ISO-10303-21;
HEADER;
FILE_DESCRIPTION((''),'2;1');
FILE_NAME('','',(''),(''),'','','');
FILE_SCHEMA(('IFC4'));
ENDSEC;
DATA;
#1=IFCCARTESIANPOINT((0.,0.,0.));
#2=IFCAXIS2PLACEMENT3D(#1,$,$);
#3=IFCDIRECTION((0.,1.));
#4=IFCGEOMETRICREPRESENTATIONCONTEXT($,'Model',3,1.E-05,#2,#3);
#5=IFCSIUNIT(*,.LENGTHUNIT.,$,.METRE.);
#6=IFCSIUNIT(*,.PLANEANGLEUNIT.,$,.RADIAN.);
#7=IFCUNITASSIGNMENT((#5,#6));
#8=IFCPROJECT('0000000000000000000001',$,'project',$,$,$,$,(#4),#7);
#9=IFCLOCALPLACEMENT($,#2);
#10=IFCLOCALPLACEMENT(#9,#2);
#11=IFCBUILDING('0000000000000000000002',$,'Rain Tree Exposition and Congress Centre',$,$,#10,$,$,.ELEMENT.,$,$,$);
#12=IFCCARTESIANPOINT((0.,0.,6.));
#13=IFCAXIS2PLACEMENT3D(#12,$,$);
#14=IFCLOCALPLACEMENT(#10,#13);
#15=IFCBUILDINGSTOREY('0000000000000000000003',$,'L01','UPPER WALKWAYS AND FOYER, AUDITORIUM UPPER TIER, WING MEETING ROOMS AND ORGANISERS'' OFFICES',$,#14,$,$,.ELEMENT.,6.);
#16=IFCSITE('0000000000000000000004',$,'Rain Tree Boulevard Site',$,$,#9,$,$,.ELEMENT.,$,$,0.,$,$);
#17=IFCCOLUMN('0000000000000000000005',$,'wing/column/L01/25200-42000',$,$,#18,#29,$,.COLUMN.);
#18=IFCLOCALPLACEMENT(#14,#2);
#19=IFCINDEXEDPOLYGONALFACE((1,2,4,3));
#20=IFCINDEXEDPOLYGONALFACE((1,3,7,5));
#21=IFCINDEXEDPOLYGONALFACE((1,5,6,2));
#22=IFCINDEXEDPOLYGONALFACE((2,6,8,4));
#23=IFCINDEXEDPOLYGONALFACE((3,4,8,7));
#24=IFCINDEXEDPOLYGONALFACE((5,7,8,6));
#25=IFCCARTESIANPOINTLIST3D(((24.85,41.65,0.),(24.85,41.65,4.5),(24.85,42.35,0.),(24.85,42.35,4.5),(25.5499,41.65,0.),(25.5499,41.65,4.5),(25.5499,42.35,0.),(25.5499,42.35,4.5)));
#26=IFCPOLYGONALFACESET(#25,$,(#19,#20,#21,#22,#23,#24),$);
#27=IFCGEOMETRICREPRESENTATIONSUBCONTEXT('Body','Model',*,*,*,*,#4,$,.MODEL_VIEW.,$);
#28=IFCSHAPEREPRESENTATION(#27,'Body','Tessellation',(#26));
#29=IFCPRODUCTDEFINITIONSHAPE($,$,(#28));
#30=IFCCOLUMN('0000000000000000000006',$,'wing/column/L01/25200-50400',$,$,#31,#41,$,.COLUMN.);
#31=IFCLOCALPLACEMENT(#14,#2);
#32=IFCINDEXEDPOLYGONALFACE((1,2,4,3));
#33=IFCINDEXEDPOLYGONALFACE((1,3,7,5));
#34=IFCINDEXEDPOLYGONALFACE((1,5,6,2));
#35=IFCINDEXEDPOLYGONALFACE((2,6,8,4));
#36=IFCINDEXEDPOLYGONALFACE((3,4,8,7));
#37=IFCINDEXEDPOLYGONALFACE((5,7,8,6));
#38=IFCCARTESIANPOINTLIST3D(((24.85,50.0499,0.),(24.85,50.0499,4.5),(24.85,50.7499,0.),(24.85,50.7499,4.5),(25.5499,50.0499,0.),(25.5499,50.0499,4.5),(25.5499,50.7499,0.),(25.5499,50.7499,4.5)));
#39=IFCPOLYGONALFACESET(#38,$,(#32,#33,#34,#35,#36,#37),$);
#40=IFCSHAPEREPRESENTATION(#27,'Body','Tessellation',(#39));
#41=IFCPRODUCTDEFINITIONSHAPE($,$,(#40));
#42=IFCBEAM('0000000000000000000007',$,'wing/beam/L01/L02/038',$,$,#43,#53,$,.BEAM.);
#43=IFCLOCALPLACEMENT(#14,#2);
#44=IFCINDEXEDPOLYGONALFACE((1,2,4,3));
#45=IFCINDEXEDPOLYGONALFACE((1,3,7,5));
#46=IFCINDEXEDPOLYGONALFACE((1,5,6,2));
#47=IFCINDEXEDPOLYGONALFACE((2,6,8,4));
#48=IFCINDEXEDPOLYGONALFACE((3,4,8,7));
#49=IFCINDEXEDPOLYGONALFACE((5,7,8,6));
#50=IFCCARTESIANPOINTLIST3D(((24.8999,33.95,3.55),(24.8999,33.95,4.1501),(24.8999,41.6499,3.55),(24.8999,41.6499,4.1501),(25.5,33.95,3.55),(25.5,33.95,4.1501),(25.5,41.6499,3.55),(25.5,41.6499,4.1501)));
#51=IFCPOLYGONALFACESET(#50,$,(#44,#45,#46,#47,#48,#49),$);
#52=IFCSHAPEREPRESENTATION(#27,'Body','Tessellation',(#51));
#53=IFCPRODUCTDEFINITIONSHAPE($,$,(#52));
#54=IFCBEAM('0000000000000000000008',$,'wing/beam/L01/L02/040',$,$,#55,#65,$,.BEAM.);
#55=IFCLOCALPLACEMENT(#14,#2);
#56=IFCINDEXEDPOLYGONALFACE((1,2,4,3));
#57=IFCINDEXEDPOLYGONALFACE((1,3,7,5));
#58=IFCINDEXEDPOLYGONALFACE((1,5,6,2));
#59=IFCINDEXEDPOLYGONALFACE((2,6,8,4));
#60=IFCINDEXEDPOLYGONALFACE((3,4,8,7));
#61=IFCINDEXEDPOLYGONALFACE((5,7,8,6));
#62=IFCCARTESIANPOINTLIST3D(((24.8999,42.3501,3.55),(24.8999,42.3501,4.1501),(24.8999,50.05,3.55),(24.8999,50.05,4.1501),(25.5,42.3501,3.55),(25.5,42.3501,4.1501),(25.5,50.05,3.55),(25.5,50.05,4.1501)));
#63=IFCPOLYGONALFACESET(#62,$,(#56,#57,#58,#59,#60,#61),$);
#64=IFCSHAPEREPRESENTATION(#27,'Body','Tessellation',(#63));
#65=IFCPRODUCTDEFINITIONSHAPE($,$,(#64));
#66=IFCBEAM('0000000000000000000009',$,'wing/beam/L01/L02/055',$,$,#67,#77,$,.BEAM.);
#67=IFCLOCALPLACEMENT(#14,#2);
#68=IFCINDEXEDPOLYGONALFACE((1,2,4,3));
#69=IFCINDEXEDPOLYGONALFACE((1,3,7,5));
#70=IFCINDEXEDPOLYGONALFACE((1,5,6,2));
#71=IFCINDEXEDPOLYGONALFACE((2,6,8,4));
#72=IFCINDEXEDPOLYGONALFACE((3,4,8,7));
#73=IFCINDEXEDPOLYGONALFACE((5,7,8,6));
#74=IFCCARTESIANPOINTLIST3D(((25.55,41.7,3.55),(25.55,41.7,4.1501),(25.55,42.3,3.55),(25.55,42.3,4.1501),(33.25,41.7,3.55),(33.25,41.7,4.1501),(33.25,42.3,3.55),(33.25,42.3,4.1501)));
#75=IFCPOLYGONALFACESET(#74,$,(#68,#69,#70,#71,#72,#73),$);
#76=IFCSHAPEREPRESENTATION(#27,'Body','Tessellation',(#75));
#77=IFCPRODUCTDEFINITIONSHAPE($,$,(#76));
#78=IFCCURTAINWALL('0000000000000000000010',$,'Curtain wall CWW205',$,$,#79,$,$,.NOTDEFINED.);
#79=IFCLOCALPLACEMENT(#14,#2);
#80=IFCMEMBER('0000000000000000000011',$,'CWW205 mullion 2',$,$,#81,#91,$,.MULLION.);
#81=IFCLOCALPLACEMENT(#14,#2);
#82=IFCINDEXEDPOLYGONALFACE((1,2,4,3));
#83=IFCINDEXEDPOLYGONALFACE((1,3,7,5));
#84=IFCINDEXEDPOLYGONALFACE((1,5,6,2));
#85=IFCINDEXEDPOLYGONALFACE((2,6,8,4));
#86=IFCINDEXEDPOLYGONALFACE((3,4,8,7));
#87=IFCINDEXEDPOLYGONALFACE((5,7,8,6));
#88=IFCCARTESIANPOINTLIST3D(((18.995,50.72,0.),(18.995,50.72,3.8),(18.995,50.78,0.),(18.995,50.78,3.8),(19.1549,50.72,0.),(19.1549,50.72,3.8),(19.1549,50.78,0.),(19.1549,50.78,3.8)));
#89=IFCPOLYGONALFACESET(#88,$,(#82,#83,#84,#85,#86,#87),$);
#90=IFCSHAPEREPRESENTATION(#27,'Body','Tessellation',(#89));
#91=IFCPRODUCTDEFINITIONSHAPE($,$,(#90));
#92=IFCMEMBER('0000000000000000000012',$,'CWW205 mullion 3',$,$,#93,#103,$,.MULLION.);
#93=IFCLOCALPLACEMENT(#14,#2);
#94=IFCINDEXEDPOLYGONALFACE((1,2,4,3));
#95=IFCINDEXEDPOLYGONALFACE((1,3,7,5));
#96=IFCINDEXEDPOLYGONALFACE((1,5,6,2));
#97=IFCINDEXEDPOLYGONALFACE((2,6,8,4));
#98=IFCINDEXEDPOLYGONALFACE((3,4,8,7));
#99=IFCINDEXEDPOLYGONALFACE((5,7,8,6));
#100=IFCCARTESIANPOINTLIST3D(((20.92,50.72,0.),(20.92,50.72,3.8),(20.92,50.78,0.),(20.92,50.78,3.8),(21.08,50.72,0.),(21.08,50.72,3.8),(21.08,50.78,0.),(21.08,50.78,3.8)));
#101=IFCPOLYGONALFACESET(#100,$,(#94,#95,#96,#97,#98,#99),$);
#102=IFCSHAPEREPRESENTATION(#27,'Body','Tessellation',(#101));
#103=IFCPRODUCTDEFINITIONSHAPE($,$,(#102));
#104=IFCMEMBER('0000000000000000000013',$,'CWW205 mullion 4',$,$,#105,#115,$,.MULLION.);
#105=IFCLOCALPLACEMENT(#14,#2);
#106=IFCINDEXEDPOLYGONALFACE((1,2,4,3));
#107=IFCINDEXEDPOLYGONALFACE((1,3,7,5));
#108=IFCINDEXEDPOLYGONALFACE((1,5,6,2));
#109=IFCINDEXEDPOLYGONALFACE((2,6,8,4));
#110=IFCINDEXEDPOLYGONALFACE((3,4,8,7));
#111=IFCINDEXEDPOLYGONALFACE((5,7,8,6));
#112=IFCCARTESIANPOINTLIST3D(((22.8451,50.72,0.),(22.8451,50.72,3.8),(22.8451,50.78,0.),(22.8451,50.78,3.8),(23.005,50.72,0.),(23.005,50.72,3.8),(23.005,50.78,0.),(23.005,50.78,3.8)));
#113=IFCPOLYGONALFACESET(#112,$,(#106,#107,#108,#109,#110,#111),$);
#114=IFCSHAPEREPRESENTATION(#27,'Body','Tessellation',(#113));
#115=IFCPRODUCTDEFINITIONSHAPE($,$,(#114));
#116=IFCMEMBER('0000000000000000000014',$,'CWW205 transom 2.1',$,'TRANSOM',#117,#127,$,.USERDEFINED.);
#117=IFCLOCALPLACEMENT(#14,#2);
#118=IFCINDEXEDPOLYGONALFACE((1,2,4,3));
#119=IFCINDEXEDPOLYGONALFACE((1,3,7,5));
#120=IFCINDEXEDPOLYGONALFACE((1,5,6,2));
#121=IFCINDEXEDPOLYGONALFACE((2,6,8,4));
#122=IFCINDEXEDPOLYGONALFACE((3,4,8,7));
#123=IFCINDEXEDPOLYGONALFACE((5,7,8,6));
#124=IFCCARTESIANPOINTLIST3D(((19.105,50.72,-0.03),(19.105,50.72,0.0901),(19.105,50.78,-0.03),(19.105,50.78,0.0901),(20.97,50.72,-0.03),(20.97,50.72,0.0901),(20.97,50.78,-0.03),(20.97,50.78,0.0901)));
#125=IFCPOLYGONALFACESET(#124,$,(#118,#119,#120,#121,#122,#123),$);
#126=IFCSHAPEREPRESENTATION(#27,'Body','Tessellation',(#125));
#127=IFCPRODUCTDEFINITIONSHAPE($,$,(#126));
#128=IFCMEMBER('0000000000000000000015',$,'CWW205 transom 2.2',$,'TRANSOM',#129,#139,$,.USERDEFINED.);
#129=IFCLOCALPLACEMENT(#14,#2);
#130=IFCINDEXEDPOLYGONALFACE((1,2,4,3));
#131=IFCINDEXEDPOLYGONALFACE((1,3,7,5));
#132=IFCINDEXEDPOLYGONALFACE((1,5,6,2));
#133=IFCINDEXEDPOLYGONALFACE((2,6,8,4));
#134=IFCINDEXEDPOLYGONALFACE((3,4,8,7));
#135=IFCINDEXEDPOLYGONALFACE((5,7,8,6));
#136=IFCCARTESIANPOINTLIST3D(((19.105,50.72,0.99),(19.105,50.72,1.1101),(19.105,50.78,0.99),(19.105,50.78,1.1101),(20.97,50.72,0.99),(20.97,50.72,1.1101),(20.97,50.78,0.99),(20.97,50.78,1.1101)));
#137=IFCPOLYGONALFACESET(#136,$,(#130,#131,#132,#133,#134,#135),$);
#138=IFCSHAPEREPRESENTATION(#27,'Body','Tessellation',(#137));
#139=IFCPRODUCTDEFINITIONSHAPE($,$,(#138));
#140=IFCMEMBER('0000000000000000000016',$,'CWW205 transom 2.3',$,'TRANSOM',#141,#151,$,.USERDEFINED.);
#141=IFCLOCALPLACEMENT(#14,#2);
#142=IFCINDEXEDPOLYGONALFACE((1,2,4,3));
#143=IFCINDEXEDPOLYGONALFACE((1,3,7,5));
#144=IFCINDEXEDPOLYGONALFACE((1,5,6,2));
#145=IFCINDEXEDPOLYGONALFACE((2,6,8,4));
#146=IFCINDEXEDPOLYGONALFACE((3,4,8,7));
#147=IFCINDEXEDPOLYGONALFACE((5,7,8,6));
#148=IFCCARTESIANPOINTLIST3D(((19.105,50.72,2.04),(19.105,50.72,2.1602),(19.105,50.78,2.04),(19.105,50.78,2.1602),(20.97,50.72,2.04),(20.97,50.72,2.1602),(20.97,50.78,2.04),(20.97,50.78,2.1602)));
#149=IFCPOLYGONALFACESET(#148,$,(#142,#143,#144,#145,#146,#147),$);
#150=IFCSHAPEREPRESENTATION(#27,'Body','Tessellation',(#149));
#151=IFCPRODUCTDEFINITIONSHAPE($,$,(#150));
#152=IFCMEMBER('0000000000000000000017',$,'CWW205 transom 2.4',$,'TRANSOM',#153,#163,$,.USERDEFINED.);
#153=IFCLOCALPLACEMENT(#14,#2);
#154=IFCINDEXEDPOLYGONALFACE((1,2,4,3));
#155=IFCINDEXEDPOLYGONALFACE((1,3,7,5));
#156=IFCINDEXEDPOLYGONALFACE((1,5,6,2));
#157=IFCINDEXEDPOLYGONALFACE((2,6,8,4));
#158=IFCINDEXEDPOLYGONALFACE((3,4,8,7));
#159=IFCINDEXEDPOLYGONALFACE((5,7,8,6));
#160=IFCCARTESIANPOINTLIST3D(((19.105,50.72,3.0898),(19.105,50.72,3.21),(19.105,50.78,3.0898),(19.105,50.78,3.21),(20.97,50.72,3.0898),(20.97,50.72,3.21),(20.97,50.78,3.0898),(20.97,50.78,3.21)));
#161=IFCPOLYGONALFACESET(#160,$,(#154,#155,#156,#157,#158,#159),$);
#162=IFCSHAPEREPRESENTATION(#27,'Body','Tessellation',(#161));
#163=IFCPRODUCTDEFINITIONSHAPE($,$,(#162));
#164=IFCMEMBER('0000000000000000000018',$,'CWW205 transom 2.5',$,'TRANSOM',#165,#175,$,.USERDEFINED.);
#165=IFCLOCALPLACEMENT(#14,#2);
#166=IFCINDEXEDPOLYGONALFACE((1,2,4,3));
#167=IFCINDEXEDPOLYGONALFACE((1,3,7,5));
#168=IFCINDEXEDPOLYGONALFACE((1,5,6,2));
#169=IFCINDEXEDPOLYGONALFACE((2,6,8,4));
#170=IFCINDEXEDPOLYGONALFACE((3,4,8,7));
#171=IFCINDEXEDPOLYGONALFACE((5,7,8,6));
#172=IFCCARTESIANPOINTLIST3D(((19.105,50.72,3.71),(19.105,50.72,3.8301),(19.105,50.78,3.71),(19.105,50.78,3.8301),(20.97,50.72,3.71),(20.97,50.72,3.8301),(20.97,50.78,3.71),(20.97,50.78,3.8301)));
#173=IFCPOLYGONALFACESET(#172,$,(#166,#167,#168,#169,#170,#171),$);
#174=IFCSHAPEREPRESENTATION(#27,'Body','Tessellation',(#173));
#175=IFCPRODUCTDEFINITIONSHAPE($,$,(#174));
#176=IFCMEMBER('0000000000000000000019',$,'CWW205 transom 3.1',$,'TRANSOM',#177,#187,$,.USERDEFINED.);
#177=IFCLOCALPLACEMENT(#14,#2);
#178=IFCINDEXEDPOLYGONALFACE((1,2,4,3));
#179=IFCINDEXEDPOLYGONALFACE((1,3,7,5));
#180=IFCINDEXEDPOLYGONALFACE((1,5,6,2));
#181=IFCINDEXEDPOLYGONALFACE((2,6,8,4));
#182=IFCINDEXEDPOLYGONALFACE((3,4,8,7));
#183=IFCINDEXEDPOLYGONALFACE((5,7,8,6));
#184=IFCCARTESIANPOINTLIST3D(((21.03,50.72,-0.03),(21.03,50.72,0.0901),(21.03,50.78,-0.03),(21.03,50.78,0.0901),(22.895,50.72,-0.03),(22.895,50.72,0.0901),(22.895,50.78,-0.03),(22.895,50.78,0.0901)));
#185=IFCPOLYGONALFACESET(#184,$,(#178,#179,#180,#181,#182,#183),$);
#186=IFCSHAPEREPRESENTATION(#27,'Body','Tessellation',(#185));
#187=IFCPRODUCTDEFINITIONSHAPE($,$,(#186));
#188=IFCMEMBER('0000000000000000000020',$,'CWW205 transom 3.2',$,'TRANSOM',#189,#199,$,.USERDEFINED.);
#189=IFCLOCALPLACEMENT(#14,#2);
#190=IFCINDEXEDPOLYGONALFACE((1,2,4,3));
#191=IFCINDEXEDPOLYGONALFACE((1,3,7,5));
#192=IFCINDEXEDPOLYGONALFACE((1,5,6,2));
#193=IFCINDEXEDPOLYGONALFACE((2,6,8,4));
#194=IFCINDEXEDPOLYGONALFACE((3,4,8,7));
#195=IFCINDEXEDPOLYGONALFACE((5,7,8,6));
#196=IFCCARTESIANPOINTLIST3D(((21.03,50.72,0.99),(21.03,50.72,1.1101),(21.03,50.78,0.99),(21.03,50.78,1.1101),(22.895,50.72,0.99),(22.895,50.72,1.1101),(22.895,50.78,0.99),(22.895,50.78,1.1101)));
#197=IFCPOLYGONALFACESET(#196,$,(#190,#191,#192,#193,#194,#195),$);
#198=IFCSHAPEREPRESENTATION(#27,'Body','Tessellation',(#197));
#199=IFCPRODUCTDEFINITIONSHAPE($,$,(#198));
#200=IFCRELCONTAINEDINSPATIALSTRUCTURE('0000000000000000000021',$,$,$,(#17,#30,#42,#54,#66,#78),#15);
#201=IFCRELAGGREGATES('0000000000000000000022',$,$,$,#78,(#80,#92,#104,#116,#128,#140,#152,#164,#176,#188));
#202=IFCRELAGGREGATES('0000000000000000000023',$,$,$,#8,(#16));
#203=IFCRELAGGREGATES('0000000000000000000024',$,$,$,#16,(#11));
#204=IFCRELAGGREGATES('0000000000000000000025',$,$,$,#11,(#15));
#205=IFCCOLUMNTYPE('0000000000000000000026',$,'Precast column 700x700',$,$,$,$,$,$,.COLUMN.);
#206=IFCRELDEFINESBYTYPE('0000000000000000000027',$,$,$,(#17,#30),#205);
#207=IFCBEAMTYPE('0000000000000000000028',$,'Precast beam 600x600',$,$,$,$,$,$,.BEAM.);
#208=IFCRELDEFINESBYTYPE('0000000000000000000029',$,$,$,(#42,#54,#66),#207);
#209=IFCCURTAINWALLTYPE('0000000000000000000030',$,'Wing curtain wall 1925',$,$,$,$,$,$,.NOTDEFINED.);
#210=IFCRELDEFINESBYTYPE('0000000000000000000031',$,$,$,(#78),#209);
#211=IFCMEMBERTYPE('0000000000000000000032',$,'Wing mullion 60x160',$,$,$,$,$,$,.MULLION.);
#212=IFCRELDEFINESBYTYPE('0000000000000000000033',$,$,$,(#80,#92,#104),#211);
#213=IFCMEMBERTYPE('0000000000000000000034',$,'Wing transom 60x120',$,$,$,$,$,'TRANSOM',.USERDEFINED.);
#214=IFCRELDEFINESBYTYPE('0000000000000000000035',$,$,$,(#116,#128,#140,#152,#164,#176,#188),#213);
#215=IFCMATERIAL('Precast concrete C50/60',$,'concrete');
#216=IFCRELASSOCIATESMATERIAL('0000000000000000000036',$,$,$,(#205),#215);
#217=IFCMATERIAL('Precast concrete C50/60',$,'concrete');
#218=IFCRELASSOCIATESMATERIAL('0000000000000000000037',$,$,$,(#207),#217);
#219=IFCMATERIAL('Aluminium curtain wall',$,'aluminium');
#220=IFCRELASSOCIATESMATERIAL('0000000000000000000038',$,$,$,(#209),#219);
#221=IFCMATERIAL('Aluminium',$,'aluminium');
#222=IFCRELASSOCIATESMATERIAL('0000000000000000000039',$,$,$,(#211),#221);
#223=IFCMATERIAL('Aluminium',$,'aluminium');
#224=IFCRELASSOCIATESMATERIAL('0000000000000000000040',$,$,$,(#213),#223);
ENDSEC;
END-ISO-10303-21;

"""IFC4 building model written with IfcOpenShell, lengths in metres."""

from ifc_helpers import new_model, si_unit, direction, frame, origin, origin_2d, place, context, subcontext, project, spatial, rectangle, extrude, material, material_profile, profile_set, type_object, element, aggregate, save


model = new_model("IFC4")

# Units and contexts
model_context = context("Model", 3, precision=1e-05, world=origin(), true_north=direction((0.0, 1.0)))
body_context = subcontext(model_context, "Body", "Model", "MODEL_VIEW")
ifc_project = project(units=[si_unit("LENGTHUNIT", "METRE"), si_unit("PLANEANGLEUNIT", "RADIAN")], contexts=[model_context])

# Site, building, storey
site_placement = place(None, origin())
site = spatial("IfcSite", under=ifc_project, at=site_placement, Name="Rain Tree Boulevard Site", CompositionType="ELEMENT", RefElevation=0.0)
building_placement = place(site_placement, origin())
building = spatial("IfcBuilding", under=site, at=building_placement, Name="Rain Tree Exposition and Congress Centre", CompositionType="ELEMENT")
storey_placement = place(building_placement, frame((0.0, 0.0, 6.0)))
storey = spatial("IfcBuildingStorey", under=building, at=storey_placement, Name="L01", Description="UPPER WALKWAYS AND FOYER, AUDITORIUM UPPER TIER, WING MEETING ROOMS AND ORGANISERS' OFFICES", CompositionType="ELEMENT", Elevation=6.0)

# Columns
ifc_material_1 = material(Name="Precast concrete C50/60", Category="concrete")
ifc_material_profile_1 = material_profile(ifc_material_1, rectangle(XDim=0.7, YDim=0.7, at=origin_2d()), Name="RC 700x700")
ifc_profile_set_1 = profile_set([ifc_material_profile_1], Name="Precast concrete C50/60")
column_type = type_object("IfcColumnType", Name="Precast column 700x700", PredefinedType="COLUMN", material=ifc_profile_set_1)
for number, where, z_axis, x_axis, name in (
    (1, (25.2, 42.0, 0.0), (0.0, 0.0, 1.0), (1.0, 0.0, 0.0), "wing/column/L01/25200-42000"),
    (2, (25.2, 50.3999, 0.0), (0.0, 0.0, 1.0), (1.0, 0.0, 0.0), "wing/column/L01/25200-50400"),
):
    element("IfcColumn", number, at=place(storey_placement, frame(where, z_axis=z_axis, x_axis=x_axis)), inside=storey, type_object=column_type, Name=name, PredefinedType="COLUMN", context=body_context, shape_type="SweptSolid", body=[
        extrude(rectangle(XDim=0.7, YDim=0.7, at=origin_2d()), origin(), (0.0, 0.0, 1.0), 4.5),
    ])

# Beams
ifc_material_2 = material(Name="Precast concrete C50/60", Category="concrete")
ifc_material_profile_2 = material_profile(ifc_material_2, rectangle(XDim=0.6001, YDim=0.6001, at=origin_2d()), Name="RC 600x600")
ifc_profile_set_2 = profile_set([ifc_material_profile_2], Name="Precast concrete C50/60")
beam_type = type_object("IfcBeamType", Name="Precast beam 600x600", PredefinedType="BEAM", material=ifc_profile_set_2)
for number, where, z_axis, x_axis, name in (
    (3, (25.2, 33.95, 3.8501), (0.0, 1.0, 0.0), (-1.0, 0.0, 0.0), "wing/beam/L01/L02/038"),
    (4, (25.2, 42.3501, 3.8501), (0.0, 1.0, 0.0), (-1.0, 0.0, 0.0), "wing/beam/L01/L02/040"),
    (5, (25.55, 42.0, 3.8501), (1.0, 0.0, 0.0), (0.0, 1.0, 0.0), "wing/beam/L01/L02/055"),
):
    element("IfcBeam", number, at=place(storey_placement, frame(where, z_axis=z_axis, x_axis=x_axis)), inside=storey, type_object=beam_type, Name=name, PredefinedType="BEAM", context=body_context, shape_type="SweptSolid", body=[
        extrude(rectangle(XDim=0.6001, YDim=0.6001, at=origin_2d()), origin(), (0.0, 0.0, 1.0), 7.7),
    ])

# Curtain wall, members
ifc_material_3 = material(Name="Aluminium curtain wall", Category="aluminium")
curtain_wall_type = type_object("IfcCurtainWallType", Name="Wing curtain wall 1925", PredefinedType="NOTDEFINED", material=ifc_material_3)
curtain_wall_placement = place(storey_placement, origin())
curtain_wall = element("IfcCurtainWall", 6, at=curtain_wall_placement, inside=storey, type_object=curtain_wall_type, Name="Curtain wall CWW205", PredefinedType="NOTDEFINED")
ifc_material_4 = material(Name="Aluminium", Category="aluminium")
ifc_material_profile_3 = material_profile(ifc_material_4, rectangle(XDim=0.0601, YDim=0.1599, at=origin_2d()), Name="Aluminium 60x160")
ifc_profile_set_3 = profile_set([ifc_material_profile_3], Name="Aluminium")
member_type_1 = type_object("IfcMemberType", Name="Wing mullion 60x160", PredefinedType="MULLION", material=ifc_profile_set_3)
member_1_placement = place(storey_placement, frame((19.075, 50.75, 0.0), z_axis=(0.0, 0.0, 1.0), x_axis=(0.0, 1.0, 0.0)))
member_1 = element("IfcMember", 7, at=member_1_placement, type_object=member_type_1, Name="CWW205 mullion 2", PredefinedType="MULLION", context=body_context, shape_type="SweptSolid", body=[
    extrude(rectangle(XDim=0.0601, YDim=0.1599, at=origin_2d()), origin(), (0.0, 0.0, 1.0), 3.8),
])
member_2_placement = place(storey_placement, frame((21.0, 50.75, 0.0), z_axis=(0.0, 0.0, 1.0), x_axis=(0.0, 1.0, 0.0)))
member_2 = element("IfcMember", 8, at=member_2_placement, type_object=member_type_1, Name="CWW205 mullion 3", PredefinedType="MULLION", context=body_context, shape_type="SweptSolid", body=[
    extrude(rectangle(XDim=0.0601, YDim=0.1599, at=origin_2d()), origin(), (0.0, 0.0, 1.0), 3.8),
])
member_3_placement = place(storey_placement, frame((22.925, 50.75, 0.0), z_axis=(0.0, 0.0, 1.0), x_axis=(0.0, 1.0, 0.0)))
member_3 = element("IfcMember", 9, at=member_3_placement, type_object=member_type_1, Name="CWW205 mullion 4", PredefinedType="MULLION", context=body_context, shape_type="SweptSolid", body=[
    extrude(rectangle(XDim=0.0601, YDim=0.1599, at=origin_2d()), origin(), (0.0, 0.0, 1.0), 3.8),
])
ifc_material_5 = material(Name="Aluminium", Category="aluminium")
ifc_material_profile_4 = material_profile(ifc_material_5, rectangle(XDim=0.0601, YDim=0.1201, at=origin_2d()), Name="Aluminium 60x120")
ifc_profile_set_4 = profile_set([ifc_material_profile_4], Name="Aluminium")
member_type_2 = type_object("IfcMemberType", Name="Wing transom 60x120", ElementType="TRANSOM", PredefinedType="USERDEFINED", material=ifc_profile_set_4)
member_4_placement = place(storey_placement, frame((19.105, 50.75, 0.03), z_axis=(1.0, 0.0, 0.0), x_axis=(0.0, 1.0, 0.0)))
member_4 = element("IfcMember", 10, at=member_4_placement, type_object=member_type_2, Name="CWW205 transom 2.1", ObjectType="TRANSOM", PredefinedType="USERDEFINED", context=body_context, shape_type="SweptSolid", body=[
    extrude(rectangle(XDim=0.0601, YDim=0.1201, at=origin_2d()), origin(), (0.0, 0.0, 1.0), 1.865),
])
member_5_placement = place(storey_placement, frame((19.105, 50.75, 1.05), z_axis=(1.0, 0.0, 0.0), x_axis=(0.0, 1.0, 0.0)))
member_5 = element("IfcMember", 11, at=member_5_placement, type_object=member_type_2, Name="CWW205 transom 2.2", ObjectType="TRANSOM", PredefinedType="USERDEFINED", context=body_context, shape_type="SweptSolid", body=[
    extrude(rectangle(XDim=0.0601, YDim=0.1201, at=origin_2d()), origin(), (0.0, 0.0, 1.0), 1.865),
])
member_6_placement = place(storey_placement, frame((19.105, 50.75, 2.1001), z_axis=(1.0, 0.0, 0.0), x_axis=(0.0, 1.0, 0.0)))
member_6 = element("IfcMember", 12, at=member_6_placement, type_object=member_type_2, Name="CWW205 transom 2.3", ObjectType="TRANSOM", PredefinedType="USERDEFINED", context=body_context, shape_type="SweptSolid", body=[
    extrude(rectangle(XDim=0.0601, YDim=0.1201, at=origin_2d()), origin(), (0.0, 0.0, 1.0), 1.865),
])
member_7_placement = place(storey_placement, frame((19.105, 50.75, 3.1499), z_axis=(1.0, 0.0, 0.0), x_axis=(0.0, 1.0, 0.0)))
member_7 = element("IfcMember", 13, at=member_7_placement, type_object=member_type_2, Name="CWW205 transom 2.4", ObjectType="TRANSOM", PredefinedType="USERDEFINED", context=body_context, shape_type="SweptSolid", body=[
    extrude(rectangle(XDim=0.0601, YDim=0.1201, at=origin_2d()), origin(), (0.0, 0.0, 1.0), 1.865),
])
member_8_placement = place(storey_placement, frame((19.105, 50.75, 3.77), z_axis=(1.0, 0.0, 0.0), x_axis=(0.0, 1.0, 0.0)))
member_8 = element("IfcMember", 14, at=member_8_placement, type_object=member_type_2, Name="CWW205 transom 2.5", ObjectType="TRANSOM", PredefinedType="USERDEFINED", context=body_context, shape_type="SweptSolid", body=[
    extrude(rectangle(XDim=0.0601, YDim=0.1201, at=origin_2d()), origin(), (0.0, 0.0, 1.0), 1.865),
])
member_9_placement = place(storey_placement, frame((21.03, 50.75, 0.03), z_axis=(1.0, 0.0, 0.0), x_axis=(0.0, 1.0, 0.0)))
member_9 = element("IfcMember", 15, at=member_9_placement, type_object=member_type_2, Name="CWW205 transom 3.1", ObjectType="TRANSOM", PredefinedType="USERDEFINED", context=body_context, shape_type="SweptSolid", body=[
    extrude(rectangle(XDim=0.0601, YDim=0.1201, at=origin_2d()), origin(), (0.0, 0.0, 1.0), 1.865),
])
member_10_placement = place(storey_placement, frame((21.03, 50.75, 1.05), z_axis=(1.0, 0.0, 0.0), x_axis=(0.0, 1.0, 0.0)))
member_10 = element("IfcMember", 16, at=member_10_placement, type_object=member_type_2, Name="CWW205 transom 3.2", ObjectType="TRANSOM", PredefinedType="USERDEFINED", context=body_context, shape_type="SweptSolid", body=[
    extrude(rectangle(XDim=0.0601, YDim=0.1201, at=origin_2d()), origin(), (0.0, 0.0, 1.0), 1.865),
])
aggregate(curtain_wall, [member_1, member_2, member_3, member_4, member_5, member_6, member_7, member_8, member_9, member_10])

save(model, "model.ifc")
